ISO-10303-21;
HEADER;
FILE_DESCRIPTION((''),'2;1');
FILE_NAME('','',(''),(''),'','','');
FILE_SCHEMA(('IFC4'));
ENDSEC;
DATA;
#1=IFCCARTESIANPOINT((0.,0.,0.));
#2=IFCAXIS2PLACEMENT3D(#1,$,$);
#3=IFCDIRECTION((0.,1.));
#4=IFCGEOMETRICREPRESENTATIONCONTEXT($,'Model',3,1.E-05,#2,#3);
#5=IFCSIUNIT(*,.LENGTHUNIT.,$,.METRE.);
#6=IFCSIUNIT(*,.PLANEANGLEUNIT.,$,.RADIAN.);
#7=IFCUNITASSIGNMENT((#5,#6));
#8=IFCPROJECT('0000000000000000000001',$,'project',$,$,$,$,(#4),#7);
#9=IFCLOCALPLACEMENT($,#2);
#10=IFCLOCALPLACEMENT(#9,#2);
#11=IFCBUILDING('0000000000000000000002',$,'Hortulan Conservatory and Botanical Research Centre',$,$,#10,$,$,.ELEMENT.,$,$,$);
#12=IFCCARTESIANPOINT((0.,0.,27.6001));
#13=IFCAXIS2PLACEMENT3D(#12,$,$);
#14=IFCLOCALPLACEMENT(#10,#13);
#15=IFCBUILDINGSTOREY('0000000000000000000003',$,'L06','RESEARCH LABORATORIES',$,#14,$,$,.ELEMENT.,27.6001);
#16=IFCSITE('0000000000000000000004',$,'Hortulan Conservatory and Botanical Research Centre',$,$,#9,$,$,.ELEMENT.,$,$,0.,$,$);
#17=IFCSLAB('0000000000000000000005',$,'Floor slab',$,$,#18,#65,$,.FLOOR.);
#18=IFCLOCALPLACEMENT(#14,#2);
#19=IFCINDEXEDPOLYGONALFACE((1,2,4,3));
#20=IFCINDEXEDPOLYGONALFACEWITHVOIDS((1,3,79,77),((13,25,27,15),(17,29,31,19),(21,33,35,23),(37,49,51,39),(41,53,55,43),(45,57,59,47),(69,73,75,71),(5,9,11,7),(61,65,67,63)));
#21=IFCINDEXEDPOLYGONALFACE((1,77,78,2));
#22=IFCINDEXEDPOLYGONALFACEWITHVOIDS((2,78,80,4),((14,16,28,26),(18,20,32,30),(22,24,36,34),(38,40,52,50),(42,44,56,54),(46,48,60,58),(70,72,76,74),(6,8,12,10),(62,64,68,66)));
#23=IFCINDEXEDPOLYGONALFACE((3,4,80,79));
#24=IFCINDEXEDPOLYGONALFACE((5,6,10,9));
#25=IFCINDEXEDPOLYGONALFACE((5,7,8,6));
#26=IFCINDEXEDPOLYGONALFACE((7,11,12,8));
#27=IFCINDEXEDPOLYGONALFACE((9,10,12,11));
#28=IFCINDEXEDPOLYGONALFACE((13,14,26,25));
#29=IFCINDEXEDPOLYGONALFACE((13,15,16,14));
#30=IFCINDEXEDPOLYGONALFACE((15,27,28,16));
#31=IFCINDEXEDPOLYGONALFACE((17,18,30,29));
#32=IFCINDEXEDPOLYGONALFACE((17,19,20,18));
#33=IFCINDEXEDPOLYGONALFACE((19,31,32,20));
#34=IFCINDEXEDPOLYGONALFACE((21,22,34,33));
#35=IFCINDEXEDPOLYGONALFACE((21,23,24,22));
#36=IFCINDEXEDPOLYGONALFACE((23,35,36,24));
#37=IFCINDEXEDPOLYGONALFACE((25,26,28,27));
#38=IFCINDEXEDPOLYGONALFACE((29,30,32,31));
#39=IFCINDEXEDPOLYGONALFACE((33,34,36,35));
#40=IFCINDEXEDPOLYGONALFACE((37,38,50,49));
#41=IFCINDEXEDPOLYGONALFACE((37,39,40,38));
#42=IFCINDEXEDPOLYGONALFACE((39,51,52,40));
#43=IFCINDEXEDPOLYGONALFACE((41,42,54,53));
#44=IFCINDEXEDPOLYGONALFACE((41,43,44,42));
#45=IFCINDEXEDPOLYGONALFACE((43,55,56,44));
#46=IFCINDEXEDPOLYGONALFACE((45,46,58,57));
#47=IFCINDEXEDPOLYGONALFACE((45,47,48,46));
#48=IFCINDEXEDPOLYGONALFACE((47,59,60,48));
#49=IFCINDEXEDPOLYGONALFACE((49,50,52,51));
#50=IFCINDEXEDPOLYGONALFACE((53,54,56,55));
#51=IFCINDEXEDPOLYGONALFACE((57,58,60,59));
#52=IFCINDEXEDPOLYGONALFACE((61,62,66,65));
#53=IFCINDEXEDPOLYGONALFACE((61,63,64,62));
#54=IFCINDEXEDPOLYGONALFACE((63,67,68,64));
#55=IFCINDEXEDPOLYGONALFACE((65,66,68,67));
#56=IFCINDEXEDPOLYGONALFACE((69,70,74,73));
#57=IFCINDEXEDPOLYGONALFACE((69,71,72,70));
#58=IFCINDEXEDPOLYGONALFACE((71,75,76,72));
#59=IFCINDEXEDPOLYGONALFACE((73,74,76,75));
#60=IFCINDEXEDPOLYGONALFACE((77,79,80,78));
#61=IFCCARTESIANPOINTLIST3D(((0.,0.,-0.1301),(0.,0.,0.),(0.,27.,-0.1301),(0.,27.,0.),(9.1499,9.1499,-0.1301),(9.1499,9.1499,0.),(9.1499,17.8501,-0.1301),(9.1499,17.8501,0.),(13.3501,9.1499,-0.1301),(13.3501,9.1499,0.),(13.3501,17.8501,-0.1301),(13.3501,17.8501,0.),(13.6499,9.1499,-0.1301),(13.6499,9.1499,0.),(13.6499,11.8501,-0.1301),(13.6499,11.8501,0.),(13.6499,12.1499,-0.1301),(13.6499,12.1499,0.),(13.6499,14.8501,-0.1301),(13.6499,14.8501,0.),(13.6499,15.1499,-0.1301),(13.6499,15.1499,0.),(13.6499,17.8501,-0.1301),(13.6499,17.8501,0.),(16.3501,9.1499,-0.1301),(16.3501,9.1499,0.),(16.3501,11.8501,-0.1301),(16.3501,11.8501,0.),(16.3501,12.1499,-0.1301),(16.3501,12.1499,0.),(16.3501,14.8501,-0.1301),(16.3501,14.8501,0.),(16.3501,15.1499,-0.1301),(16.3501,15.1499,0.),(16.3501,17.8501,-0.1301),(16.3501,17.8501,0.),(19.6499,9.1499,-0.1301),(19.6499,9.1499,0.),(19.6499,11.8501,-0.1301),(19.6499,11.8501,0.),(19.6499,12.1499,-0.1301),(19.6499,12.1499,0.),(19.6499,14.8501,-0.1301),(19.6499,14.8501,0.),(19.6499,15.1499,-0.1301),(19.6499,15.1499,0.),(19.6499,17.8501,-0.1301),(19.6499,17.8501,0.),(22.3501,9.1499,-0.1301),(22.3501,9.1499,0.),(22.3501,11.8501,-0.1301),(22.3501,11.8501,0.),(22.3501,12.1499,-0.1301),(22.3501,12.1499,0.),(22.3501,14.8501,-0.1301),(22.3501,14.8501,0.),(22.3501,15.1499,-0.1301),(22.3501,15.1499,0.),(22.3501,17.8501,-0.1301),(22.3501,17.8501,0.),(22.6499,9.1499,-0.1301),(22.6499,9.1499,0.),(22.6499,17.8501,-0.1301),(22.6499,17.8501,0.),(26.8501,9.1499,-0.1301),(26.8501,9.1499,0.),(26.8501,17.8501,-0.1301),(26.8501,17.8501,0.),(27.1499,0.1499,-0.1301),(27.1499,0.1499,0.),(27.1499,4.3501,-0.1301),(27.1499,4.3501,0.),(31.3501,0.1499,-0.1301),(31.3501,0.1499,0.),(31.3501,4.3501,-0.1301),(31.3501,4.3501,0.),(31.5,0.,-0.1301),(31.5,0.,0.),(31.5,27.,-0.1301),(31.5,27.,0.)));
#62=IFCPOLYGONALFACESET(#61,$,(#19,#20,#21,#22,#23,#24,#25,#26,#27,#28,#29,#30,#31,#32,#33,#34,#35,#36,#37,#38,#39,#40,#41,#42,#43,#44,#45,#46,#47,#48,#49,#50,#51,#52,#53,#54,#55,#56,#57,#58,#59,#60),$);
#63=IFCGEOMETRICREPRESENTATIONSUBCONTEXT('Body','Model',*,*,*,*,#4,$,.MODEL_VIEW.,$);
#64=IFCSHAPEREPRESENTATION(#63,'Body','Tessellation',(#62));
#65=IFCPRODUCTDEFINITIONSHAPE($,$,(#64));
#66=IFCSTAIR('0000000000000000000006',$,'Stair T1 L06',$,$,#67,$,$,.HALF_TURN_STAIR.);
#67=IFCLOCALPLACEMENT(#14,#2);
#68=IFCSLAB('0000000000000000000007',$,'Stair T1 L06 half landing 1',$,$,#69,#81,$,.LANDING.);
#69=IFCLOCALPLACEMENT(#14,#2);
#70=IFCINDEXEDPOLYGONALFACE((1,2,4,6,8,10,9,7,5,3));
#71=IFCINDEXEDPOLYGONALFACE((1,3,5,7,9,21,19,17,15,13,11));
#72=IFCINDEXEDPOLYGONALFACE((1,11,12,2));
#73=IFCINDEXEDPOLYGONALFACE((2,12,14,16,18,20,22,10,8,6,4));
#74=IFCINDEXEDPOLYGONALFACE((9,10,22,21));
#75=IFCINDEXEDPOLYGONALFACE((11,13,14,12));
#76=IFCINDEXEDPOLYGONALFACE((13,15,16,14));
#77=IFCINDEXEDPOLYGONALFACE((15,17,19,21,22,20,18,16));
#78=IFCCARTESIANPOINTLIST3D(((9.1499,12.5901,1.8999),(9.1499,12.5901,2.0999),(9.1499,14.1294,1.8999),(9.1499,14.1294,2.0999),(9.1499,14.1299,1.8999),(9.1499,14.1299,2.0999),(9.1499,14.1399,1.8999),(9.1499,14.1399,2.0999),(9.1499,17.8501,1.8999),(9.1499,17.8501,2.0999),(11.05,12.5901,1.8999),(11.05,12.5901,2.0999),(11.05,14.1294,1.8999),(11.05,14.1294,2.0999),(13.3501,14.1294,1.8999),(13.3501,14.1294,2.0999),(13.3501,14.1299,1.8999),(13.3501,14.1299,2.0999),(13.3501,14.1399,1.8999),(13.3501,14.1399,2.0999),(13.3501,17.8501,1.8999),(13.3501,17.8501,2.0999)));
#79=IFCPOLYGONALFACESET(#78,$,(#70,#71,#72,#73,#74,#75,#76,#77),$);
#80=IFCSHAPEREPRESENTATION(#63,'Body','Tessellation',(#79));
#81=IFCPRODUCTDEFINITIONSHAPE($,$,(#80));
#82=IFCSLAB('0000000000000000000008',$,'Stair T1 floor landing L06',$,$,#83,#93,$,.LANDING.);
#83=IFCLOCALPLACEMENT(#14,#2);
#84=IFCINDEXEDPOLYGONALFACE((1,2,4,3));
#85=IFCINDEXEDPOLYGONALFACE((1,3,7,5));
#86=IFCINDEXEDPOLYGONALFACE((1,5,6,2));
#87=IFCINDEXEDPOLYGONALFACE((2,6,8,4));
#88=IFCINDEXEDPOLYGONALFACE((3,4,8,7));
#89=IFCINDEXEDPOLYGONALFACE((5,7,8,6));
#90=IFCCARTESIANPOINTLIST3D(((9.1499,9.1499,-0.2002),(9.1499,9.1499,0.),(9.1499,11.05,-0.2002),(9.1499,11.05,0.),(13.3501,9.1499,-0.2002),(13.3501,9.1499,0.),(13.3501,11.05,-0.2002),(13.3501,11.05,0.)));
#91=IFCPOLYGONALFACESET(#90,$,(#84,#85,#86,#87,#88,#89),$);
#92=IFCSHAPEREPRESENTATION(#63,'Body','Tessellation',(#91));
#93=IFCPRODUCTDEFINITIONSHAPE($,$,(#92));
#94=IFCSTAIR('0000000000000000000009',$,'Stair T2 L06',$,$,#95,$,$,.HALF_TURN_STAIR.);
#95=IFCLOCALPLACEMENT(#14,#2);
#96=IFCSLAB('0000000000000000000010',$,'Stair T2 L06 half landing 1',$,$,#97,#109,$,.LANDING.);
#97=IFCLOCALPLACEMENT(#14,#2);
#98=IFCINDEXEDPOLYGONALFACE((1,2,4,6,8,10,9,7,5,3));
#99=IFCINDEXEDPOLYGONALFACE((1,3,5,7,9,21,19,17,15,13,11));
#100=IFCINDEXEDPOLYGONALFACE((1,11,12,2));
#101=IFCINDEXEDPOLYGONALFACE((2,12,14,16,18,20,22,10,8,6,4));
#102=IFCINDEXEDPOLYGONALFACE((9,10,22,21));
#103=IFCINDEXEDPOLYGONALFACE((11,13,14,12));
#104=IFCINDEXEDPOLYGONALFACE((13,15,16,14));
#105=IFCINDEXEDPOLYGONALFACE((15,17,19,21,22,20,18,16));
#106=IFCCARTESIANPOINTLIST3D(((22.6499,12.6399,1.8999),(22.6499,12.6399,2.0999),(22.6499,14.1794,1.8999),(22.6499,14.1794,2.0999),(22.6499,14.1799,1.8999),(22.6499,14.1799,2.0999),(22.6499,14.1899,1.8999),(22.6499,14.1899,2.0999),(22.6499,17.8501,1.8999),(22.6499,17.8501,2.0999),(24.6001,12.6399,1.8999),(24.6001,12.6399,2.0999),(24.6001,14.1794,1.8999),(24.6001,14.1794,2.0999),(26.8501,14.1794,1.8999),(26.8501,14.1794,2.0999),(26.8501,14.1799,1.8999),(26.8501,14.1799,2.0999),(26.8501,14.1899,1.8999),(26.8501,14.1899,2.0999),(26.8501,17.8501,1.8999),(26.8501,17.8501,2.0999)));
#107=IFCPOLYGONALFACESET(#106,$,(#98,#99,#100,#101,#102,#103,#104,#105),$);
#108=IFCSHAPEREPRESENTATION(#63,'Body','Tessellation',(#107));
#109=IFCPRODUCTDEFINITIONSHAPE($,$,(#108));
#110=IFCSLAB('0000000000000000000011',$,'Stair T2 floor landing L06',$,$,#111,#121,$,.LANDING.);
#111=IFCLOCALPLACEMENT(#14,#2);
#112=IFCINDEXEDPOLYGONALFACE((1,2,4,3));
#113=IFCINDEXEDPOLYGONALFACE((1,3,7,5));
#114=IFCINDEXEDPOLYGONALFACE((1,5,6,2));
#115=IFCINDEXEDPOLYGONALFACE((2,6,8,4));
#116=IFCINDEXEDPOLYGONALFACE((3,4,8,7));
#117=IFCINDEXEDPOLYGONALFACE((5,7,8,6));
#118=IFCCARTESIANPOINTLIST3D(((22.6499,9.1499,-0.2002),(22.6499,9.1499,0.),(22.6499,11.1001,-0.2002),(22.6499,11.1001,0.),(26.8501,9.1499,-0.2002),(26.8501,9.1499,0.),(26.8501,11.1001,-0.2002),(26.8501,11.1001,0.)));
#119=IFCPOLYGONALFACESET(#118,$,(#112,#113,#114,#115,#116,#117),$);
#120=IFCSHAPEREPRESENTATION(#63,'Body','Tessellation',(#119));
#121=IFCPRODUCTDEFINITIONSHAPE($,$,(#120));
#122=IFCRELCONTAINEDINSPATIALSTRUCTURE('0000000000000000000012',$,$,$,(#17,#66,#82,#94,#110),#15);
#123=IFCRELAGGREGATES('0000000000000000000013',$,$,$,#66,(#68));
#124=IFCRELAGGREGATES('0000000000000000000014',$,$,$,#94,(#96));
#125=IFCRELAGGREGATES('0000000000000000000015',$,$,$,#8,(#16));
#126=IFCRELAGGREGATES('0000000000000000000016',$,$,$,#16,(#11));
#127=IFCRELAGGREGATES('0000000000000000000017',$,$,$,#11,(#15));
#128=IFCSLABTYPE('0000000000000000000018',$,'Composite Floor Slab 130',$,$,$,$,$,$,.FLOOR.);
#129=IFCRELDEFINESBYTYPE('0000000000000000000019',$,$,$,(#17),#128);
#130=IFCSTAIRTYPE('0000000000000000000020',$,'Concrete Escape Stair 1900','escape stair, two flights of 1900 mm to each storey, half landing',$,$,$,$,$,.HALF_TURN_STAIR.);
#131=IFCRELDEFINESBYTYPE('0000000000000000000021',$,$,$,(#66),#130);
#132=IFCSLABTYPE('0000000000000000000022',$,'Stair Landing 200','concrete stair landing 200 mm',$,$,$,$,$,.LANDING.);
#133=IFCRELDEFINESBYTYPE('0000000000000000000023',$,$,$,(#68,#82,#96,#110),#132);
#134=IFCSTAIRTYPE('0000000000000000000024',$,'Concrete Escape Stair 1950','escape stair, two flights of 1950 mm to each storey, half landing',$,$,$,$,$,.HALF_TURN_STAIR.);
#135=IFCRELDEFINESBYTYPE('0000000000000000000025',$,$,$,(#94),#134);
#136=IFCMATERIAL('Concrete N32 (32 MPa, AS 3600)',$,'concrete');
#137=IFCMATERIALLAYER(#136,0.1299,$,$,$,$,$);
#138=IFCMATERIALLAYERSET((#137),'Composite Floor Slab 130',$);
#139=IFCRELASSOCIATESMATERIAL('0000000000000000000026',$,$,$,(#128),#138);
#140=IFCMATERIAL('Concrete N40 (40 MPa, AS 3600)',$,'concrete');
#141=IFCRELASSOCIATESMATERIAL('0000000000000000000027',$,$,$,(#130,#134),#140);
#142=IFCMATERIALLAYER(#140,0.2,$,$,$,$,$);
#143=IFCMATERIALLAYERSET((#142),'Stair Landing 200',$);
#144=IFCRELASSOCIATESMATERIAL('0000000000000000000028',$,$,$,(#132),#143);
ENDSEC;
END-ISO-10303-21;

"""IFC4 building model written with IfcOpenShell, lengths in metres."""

from ifc_helpers import new_model, si_unit, direction, frame, origin, place, context, subcontext, project, spatial, polyline, outline, extrude, material, layer, layer_set, type_object, element, aggregate, save


model = new_model("IFC4")

# Units and contexts
model_context = context("Model", 3, precision=1e-05, world=origin(), true_north=direction((0.0, 1.0)))
body_context = subcontext(model_context, "Body", "Model", "MODEL_VIEW")
ifc_project = project(units=[si_unit("LENGTHUNIT", "METRE"), si_unit("PLANEANGLEUNIT", "RADIAN")], contexts=[model_context])

# Site, building, storey
site_placement = place(None, origin())
site = spatial("IfcSite", under=ifc_project, at=site_placement, Name="Hortulan Conservatory and Botanical Research Centre", CompositionType="ELEMENT", RefElevation=0.0)
building_placement = place(site_placement, origin())
building = spatial("IfcBuilding", under=site, at=building_placement, Name="Hortulan Conservatory and Botanical Research Centre", CompositionType="ELEMENT")
storey_placement = place(building_placement, frame((0.0, 0.0, 27.6001)))
storey = spatial("IfcBuildingStorey", under=building, at=storey_placement, Name="L06", Description="RESEARCH LABORATORIES", CompositionType="ELEMENT", Elevation=27.6001)

# Slab
ifc_material_1 = material(Name="Concrete N32 (32 MPa, AS 3600)", Category="concrete")
ifc_layer_1 = layer(ifc_material_1, 0.1299)
ifc_layer_set_1 = layer_set([ifc_layer_1], Name="Composite Floor Slab 130")
slab_type_1 = type_object("IfcSlabType", Name="Composite Floor Slab 130", PredefinedType="FLOOR", material=ifc_layer_set_1)
slab_1_placement = place(storey_placement, frame((0.0, 0.0, -0.1301)))
element("IfcSlab", 1, at=slab_1_placement, inside=storey, type_object=slab_type_1, Name="Floor slab", PredefinedType="FLOOR", context=body_context, shape_type="SweptSolid", body=[
    extrude(outline(polyline([(0.0, 0.0), (31.5, 0.0), (31.5, 27.0), (0.0, 27.0), (0.0, 0.0)]), holes=[polyline([(27.1499, 4.3501), (27.1499, 0.1499), (31.3501, 0.1499), (31.3501, 4.3501), (27.1499, 4.3501)]), polyline([(13.6499, 11.8501), (13.6499, 9.1499), (16.3501, 9.1499), (16.3501, 11.8501), (13.6499, 11.8501)]), polyline([(19.6499, 11.8501), (19.6499, 9.1499), (22.3501, 9.1499), (22.3501, 11.8501), (19.6499, 11.8501)]), polyline([(9.1499, 17.8501), (9.1499, 9.1499), (13.3501, 9.1499), (13.3501, 17.8501), (9.1499, 17.8501)]), polyline([(13.6499, 14.8501), (13.6499, 12.1499), (16.3501, 12.1499), (16.3501, 14.8501), (13.6499, 14.8501)]), polyline([(19.6499, 14.8501), (19.6499, 12.1499), (22.3501, 12.1499), (22.3501, 14.8501), (19.6499, 14.8501)]), polyline([(22.6499, 17.8501), (22.6499, 9.1499), (26.8501, 9.1499), (26.8501, 17.8501), (22.6499, 17.8501)]), polyline([(16.3501, 17.8501), (13.6499, 17.8501), (13.6499, 15.1499), (16.3501, 15.1499), (16.3501, 17.8501)]), polyline([(22.3501, 17.8501), (19.6499, 17.8501), (19.6499, 15.1499), (22.3501, 15.1499), (22.3501, 17.8501)])]), origin(), (0.0, 0.0, 1.0), 0.1301),
])

# Stair, slab
ifc_material_2 = material(Name="Concrete N40 (40 MPa, AS 3600)", Category="concrete")
stair_type_1 = type_object("IfcStairType", Name="Concrete Escape Stair 1900", Description="escape stair, two flights of 1900 mm to each storey, half landing", PredefinedType="HALF_TURN_STAIR", material=ifc_material_2)
stair_1_placement = place(storey_placement, origin())
stair_1 = element("IfcStair", 2, at=stair_1_placement, inside=storey, type_object=stair_type_1, Name="Stair T1 L06", PredefinedType="HALF_TURN_STAIR")
ifc_layer_2 = layer(ifc_material_2, 0.2)
ifc_layer_set_2 = layer_set([ifc_layer_2], Name="Stair Landing 200")
slab_type_2 = type_object("IfcSlabType", Name="Stair Landing 200", Description="concrete stair landing 200 mm", PredefinedType="LANDING", material=ifc_layer_set_2)
slab_2_placement = place(storey_placement, frame((0.0, 0.0, 1.8999)))
slab_2 = element("IfcSlab", 3, at=slab_2_placement, type_object=slab_type_2, Name="Stair T1 L06 half landing 1", PredefinedType="LANDING", context=body_context, shape_type="SweptSolid", body=[
    extrude(outline(polyline([(13.3501, 14.1294), (11.05, 14.1294), (11.05, 12.5901), (9.1499, 12.5901), (9.1499, 14.1294), (9.1499, 14.1299), (9.1499, 14.1399), (9.1499, 17.8501), (13.3501, 17.8501), (13.3501, 14.1399), (13.3501, 14.1299), (13.3501, 14.1294)])), origin(), (0.0, 0.0, 1.0), 0.2),
])
aggregate(stair_1, [slab_2])

# Slab
slab_3_placement = place(storey_placement, frame((0.0, 0.0, -0.2002)))
element("IfcSlab", 4, at=slab_3_placement, inside=storey, type_object=slab_type_2, Name="Stair T1 floor landing L06", PredefinedType="LANDING", context=body_context, shape_type="SweptSolid", body=[
    extrude(outline(polyline([(13.3501, 9.1499), (9.1499, 9.1499), (9.1499, 11.05), (13.3501, 11.05), (13.3501, 9.1499)])), origin(), (0.0, 0.0, 1.0), 0.2002),
])

# Stair, slab
stair_type_2 = type_object("IfcStairType", Name="Concrete Escape Stair 1950", Description="escape stair, two flights of 1950 mm to each storey, half landing", PredefinedType="HALF_TURN_STAIR", material=ifc_material_2)
stair_2_placement = place(storey_placement, origin())
stair_2 = element("IfcStair", 5, at=stair_2_placement, inside=storey, type_object=stair_type_2, Name="Stair T2 L06", PredefinedType="HALF_TURN_STAIR")
slab_4_placement = place(storey_placement, frame((0.0, 0.0, 1.8999)))
slab_4 = element("IfcSlab", 6, at=slab_4_placement, type_object=slab_type_2, Name="Stair T2 L06 half landing 1", PredefinedType="LANDING", context=body_context, shape_type="SweptSolid", body=[
    extrude(outline(polyline([(26.8501, 14.1794), (24.6001, 14.1794), (24.6001, 12.6399), (22.6499, 12.6399), (22.6499, 14.1794), (22.6499, 14.1799), (22.6499, 14.1899), (22.6499, 17.8501), (26.8501, 17.8501), (26.8501, 14.1899), (26.8501, 14.1799), (26.8501, 14.1794)])), origin(), (0.0, 0.0, 1.0), 0.2),
])
aggregate(stair_2, [slab_4])

# Slab
slab_5_placement = place(storey_placement, frame((0.0, 0.0, -0.2002)))
element("IfcSlab", 7, at=slab_5_placement, inside=storey, type_object=slab_type_2, Name="Stair T2 floor landing L06", PredefinedType="LANDING", context=body_context, shape_type="SweptSolid", body=[
    extrude(outline(polyline([(26.8501, 9.1499), (22.6499, 9.1499), (22.6499, 11.1001), (26.8501, 11.1001), (26.8501, 9.1499)])), origin(), (0.0, 0.0, 1.0), 0.2002),
])

save(model, "model.ifc")
